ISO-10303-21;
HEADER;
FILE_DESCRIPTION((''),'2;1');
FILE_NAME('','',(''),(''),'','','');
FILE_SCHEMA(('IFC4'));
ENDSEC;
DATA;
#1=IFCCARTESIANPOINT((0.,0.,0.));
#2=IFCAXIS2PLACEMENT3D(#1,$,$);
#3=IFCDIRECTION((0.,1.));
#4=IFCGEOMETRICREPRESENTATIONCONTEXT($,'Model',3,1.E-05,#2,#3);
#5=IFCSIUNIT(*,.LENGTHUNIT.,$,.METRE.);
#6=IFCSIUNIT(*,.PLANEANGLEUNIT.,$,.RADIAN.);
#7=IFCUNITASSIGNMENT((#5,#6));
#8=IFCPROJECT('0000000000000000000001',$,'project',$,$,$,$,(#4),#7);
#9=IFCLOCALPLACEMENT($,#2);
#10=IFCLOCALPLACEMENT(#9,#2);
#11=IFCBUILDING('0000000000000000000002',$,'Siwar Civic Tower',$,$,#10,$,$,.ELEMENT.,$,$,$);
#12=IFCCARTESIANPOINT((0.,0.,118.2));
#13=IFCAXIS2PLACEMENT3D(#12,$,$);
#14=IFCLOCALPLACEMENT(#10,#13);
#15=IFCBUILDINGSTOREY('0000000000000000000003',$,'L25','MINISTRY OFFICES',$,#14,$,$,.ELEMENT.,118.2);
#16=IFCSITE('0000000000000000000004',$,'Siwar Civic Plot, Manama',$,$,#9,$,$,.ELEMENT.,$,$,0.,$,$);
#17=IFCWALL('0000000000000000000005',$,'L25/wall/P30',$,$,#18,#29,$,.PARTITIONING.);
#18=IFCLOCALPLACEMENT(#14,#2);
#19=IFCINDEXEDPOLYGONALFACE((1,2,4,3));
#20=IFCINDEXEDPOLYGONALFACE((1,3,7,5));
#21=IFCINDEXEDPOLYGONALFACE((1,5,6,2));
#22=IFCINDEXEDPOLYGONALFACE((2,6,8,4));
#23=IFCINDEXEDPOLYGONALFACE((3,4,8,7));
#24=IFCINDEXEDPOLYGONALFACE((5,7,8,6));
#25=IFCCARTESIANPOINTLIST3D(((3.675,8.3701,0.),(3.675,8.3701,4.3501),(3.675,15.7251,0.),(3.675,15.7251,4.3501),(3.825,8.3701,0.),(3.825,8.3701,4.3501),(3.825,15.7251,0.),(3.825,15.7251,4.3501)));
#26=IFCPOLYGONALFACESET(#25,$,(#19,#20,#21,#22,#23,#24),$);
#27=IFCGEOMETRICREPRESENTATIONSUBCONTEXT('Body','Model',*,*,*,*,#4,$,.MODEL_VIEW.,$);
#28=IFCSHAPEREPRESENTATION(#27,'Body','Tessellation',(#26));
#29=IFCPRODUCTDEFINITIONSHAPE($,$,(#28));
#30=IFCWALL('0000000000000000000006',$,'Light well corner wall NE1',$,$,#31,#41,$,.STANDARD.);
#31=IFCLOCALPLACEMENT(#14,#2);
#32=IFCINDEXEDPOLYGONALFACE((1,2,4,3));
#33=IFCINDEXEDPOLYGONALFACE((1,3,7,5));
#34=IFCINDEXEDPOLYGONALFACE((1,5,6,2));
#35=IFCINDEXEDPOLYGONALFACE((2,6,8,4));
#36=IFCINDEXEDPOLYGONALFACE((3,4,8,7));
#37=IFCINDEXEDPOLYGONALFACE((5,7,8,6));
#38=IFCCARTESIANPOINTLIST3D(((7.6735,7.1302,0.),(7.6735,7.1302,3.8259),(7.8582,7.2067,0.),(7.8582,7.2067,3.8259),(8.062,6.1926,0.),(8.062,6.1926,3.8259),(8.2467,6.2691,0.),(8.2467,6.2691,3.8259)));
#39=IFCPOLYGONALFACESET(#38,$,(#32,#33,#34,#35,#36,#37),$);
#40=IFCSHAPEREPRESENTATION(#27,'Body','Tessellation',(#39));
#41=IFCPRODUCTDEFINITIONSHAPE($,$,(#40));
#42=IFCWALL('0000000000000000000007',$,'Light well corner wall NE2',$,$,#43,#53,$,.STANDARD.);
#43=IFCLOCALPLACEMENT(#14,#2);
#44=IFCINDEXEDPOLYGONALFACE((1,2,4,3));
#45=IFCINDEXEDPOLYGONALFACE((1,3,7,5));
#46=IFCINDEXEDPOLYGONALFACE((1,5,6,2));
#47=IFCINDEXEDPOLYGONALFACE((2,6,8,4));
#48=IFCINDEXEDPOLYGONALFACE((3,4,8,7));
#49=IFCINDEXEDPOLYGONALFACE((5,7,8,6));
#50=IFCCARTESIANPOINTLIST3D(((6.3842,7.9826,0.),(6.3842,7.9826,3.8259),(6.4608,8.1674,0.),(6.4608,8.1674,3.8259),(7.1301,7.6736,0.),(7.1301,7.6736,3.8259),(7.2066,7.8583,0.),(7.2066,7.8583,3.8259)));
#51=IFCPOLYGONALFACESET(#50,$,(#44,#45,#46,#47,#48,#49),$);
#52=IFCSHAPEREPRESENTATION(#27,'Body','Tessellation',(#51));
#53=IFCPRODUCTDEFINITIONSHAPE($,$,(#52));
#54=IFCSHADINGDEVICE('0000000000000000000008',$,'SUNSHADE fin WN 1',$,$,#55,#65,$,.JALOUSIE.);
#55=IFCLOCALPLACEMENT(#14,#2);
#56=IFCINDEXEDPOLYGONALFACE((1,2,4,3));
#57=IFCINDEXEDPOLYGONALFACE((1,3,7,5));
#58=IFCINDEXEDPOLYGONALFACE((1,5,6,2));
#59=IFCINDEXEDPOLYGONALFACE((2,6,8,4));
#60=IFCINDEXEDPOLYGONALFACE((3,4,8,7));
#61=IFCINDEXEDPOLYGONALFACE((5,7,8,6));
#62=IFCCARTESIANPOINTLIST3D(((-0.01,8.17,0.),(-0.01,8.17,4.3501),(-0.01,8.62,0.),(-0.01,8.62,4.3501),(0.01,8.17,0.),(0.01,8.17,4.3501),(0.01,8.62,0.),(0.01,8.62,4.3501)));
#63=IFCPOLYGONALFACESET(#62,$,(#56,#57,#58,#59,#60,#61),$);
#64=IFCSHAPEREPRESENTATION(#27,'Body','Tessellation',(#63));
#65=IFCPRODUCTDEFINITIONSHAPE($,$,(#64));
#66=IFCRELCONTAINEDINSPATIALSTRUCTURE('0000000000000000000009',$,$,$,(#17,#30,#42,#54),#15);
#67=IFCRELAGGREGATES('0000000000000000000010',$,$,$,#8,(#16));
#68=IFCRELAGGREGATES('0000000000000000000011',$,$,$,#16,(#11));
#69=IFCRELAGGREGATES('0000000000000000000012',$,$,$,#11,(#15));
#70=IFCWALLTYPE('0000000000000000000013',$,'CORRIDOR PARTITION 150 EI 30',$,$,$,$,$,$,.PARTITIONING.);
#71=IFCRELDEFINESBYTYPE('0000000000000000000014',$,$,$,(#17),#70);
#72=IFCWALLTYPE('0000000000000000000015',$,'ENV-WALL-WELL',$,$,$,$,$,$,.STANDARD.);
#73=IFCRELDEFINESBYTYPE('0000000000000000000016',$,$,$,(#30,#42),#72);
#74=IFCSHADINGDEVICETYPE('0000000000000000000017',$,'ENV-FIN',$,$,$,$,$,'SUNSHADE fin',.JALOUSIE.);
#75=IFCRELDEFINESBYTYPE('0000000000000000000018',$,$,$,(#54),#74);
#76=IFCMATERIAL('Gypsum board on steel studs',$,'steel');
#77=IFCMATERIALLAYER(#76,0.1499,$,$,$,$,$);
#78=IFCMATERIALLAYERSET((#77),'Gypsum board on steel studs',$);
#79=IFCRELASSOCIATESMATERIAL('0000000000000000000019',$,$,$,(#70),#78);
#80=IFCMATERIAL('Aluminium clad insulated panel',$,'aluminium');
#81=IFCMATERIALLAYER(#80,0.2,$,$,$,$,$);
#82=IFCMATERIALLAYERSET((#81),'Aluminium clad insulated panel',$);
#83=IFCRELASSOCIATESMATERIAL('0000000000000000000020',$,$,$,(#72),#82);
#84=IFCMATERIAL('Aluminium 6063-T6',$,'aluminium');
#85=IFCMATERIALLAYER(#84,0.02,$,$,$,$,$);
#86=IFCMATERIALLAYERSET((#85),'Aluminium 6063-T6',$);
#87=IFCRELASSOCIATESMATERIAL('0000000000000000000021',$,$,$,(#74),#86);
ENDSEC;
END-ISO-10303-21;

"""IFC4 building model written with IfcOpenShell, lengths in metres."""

from ifc_helpers import new_model, si_unit, direction, frame, frame_2d, origin, origin_2d, place, context, subcontext, project, spatial, rectangle, extrude, material, layer, layer_set, type_object, element, save


model = new_model("IFC4")

# Units and contexts
model_context = context("Model", 3, precision=1e-05, world=origin(), true_north=direction((0.0, 1.0)))
body_context = subcontext(model_context, "Body", "Model", "MODEL_VIEW")
ifc_project = project(units=[si_unit("LENGTHUNIT", "METRE"), si_unit("PLANEANGLEUNIT", "RADIAN")], contexts=[model_context])

# Site, building, storey
site_placement = place(None, origin())
site = spatial("IfcSite", under=ifc_project, at=site_placement, Name="Siwar Civic Plot, Manama", CompositionType="ELEMENT", RefElevation=0.0)
building_placement = place(site_placement, origin())
building = spatial("IfcBuilding", under=site, at=building_placement, Name="Siwar Civic Tower", CompositionType="ELEMENT")
storey_placement = place(building_placement, frame((0.0, 0.0, 118.2)))
storey = spatial("IfcBuildingStorey", under=building, at=storey_placement, Name="L25", Description="MINISTRY OFFICES", CompositionType="ELEMENT", Elevation=118.2)

# Walls
ifc_material_1 = material(Name="Gypsum board on steel studs", Category="steel")
ifc_layer_1 = layer(ifc_material_1, 0.1499)
ifc_layer_set_1 = layer_set([ifc_layer_1], Name="Gypsum board on steel studs")
wall_type_1 = type_object("IfcWallType", Name="CORRIDOR PARTITION 150 EI 30", PredefinedType="PARTITIONING", material=ifc_layer_set_1)
wall_1_placement = place(storey_placement, frame((3.75, 8.3701, 0.0), z_axis=(0.0, 0.0, 1.0), x_axis=(0.0, 1.0, 0.0)))
element("IfcWall", 1, at=wall_1_placement, inside=storey, type_object=wall_type_1, Name="L25/wall/P30", PredefinedType="PARTITIONING", context=body_context, shape_type="SweptSolid", body=[
    extrude(rectangle(XDim=7.355, YDim=0.1499, at=frame_2d((3.6775, 0.0))), origin(), (0.0, 0.0, 1.0), 4.3501),
])
ifc_material_2 = material(Name="Aluminium clad insulated panel", Category="aluminium")
ifc_layer_2 = layer(ifc_material_2, 0.2)
ifc_layer_set_2 = layer_set([ifc_layer_2], Name="Aluminium clad insulated panel")
wall_type_2 = type_object("IfcWallType", Name="ENV-WALL-WELL", PredefinedType="STANDARD", material=ifc_layer_set_2)
wall_2_placement = place(storey_placement, frame((8.1543, 6.231, 0.0), z_axis=(0.0, 0.0, 1.0), x_axis=(-0.38277, 0.923844, 0.0)))
element("IfcWall", 2, at=wall_2_placement, inside=storey, type_object=wall_type_2, Name="Light well corner wall NE1", PredefinedType="STANDARD", context=body_context, shape_type="SweptSolid", body=[
    extrude(rectangle(XDim=1.0149, YDim=0.2, at=frame_2d((0.5073, 0.0))), origin(), (0.0, 0.0, 1.0), 3.8259),
])
wall_3_placement = place(storey_placement, frame((7.1685, 7.7659, 0.0), z_axis=(0.0, 0.0, 1.0), x_axis=(-0.923818, 0.382833, 0.0)))
element("IfcWall", 3, at=wall_3_placement, inside=storey, type_object=wall_type_2, Name="Light well corner wall NE2", PredefinedType="STANDARD", context=body_context, shape_type="SweptSolid", body=[
    extrude(rectangle(XDim=0.8074, YDim=0.2, at=frame_2d((0.4038, 0.0))), origin(), (0.0, 0.0, 1.0), 3.8259),
])

# Shading device
ifc_material_3 = material(Name="Aluminium 6063-T6", Category="aluminium")
ifc_layer_3 = layer(ifc_material_3, 0.02)
ifc_layer_set_3 = layer_set([ifc_layer_3], Name="Aluminium 6063-T6")
shading_device_type = type_object("IfcShadingDeviceType", Name="ENV-FIN", ElementType="SUNSHADE fin", PredefinedType="JALOUSIE", material=ifc_layer_set_3)
shading_device_placement = place(storey_placement, frame((0.0, 8.395, 0.0), z_axis=(0.0, 0.0, 1.0), x_axis=(-1.0, 0.0, 0.0)))
element("IfcShadingDevice", 4, at=shading_device_placement, inside=storey, type_object=shading_device_type, Name="SUNSHADE fin WN 1", PredefinedType="JALOUSIE", context=body_context, shape_type="SweptSolid", body=[
    extrude(rectangle(XDim=0.02, YDim=0.45, at=origin_2d()), origin(), (0.0, 0.0, 1.0), 4.3501),
])

save(model, "model.ifc")
